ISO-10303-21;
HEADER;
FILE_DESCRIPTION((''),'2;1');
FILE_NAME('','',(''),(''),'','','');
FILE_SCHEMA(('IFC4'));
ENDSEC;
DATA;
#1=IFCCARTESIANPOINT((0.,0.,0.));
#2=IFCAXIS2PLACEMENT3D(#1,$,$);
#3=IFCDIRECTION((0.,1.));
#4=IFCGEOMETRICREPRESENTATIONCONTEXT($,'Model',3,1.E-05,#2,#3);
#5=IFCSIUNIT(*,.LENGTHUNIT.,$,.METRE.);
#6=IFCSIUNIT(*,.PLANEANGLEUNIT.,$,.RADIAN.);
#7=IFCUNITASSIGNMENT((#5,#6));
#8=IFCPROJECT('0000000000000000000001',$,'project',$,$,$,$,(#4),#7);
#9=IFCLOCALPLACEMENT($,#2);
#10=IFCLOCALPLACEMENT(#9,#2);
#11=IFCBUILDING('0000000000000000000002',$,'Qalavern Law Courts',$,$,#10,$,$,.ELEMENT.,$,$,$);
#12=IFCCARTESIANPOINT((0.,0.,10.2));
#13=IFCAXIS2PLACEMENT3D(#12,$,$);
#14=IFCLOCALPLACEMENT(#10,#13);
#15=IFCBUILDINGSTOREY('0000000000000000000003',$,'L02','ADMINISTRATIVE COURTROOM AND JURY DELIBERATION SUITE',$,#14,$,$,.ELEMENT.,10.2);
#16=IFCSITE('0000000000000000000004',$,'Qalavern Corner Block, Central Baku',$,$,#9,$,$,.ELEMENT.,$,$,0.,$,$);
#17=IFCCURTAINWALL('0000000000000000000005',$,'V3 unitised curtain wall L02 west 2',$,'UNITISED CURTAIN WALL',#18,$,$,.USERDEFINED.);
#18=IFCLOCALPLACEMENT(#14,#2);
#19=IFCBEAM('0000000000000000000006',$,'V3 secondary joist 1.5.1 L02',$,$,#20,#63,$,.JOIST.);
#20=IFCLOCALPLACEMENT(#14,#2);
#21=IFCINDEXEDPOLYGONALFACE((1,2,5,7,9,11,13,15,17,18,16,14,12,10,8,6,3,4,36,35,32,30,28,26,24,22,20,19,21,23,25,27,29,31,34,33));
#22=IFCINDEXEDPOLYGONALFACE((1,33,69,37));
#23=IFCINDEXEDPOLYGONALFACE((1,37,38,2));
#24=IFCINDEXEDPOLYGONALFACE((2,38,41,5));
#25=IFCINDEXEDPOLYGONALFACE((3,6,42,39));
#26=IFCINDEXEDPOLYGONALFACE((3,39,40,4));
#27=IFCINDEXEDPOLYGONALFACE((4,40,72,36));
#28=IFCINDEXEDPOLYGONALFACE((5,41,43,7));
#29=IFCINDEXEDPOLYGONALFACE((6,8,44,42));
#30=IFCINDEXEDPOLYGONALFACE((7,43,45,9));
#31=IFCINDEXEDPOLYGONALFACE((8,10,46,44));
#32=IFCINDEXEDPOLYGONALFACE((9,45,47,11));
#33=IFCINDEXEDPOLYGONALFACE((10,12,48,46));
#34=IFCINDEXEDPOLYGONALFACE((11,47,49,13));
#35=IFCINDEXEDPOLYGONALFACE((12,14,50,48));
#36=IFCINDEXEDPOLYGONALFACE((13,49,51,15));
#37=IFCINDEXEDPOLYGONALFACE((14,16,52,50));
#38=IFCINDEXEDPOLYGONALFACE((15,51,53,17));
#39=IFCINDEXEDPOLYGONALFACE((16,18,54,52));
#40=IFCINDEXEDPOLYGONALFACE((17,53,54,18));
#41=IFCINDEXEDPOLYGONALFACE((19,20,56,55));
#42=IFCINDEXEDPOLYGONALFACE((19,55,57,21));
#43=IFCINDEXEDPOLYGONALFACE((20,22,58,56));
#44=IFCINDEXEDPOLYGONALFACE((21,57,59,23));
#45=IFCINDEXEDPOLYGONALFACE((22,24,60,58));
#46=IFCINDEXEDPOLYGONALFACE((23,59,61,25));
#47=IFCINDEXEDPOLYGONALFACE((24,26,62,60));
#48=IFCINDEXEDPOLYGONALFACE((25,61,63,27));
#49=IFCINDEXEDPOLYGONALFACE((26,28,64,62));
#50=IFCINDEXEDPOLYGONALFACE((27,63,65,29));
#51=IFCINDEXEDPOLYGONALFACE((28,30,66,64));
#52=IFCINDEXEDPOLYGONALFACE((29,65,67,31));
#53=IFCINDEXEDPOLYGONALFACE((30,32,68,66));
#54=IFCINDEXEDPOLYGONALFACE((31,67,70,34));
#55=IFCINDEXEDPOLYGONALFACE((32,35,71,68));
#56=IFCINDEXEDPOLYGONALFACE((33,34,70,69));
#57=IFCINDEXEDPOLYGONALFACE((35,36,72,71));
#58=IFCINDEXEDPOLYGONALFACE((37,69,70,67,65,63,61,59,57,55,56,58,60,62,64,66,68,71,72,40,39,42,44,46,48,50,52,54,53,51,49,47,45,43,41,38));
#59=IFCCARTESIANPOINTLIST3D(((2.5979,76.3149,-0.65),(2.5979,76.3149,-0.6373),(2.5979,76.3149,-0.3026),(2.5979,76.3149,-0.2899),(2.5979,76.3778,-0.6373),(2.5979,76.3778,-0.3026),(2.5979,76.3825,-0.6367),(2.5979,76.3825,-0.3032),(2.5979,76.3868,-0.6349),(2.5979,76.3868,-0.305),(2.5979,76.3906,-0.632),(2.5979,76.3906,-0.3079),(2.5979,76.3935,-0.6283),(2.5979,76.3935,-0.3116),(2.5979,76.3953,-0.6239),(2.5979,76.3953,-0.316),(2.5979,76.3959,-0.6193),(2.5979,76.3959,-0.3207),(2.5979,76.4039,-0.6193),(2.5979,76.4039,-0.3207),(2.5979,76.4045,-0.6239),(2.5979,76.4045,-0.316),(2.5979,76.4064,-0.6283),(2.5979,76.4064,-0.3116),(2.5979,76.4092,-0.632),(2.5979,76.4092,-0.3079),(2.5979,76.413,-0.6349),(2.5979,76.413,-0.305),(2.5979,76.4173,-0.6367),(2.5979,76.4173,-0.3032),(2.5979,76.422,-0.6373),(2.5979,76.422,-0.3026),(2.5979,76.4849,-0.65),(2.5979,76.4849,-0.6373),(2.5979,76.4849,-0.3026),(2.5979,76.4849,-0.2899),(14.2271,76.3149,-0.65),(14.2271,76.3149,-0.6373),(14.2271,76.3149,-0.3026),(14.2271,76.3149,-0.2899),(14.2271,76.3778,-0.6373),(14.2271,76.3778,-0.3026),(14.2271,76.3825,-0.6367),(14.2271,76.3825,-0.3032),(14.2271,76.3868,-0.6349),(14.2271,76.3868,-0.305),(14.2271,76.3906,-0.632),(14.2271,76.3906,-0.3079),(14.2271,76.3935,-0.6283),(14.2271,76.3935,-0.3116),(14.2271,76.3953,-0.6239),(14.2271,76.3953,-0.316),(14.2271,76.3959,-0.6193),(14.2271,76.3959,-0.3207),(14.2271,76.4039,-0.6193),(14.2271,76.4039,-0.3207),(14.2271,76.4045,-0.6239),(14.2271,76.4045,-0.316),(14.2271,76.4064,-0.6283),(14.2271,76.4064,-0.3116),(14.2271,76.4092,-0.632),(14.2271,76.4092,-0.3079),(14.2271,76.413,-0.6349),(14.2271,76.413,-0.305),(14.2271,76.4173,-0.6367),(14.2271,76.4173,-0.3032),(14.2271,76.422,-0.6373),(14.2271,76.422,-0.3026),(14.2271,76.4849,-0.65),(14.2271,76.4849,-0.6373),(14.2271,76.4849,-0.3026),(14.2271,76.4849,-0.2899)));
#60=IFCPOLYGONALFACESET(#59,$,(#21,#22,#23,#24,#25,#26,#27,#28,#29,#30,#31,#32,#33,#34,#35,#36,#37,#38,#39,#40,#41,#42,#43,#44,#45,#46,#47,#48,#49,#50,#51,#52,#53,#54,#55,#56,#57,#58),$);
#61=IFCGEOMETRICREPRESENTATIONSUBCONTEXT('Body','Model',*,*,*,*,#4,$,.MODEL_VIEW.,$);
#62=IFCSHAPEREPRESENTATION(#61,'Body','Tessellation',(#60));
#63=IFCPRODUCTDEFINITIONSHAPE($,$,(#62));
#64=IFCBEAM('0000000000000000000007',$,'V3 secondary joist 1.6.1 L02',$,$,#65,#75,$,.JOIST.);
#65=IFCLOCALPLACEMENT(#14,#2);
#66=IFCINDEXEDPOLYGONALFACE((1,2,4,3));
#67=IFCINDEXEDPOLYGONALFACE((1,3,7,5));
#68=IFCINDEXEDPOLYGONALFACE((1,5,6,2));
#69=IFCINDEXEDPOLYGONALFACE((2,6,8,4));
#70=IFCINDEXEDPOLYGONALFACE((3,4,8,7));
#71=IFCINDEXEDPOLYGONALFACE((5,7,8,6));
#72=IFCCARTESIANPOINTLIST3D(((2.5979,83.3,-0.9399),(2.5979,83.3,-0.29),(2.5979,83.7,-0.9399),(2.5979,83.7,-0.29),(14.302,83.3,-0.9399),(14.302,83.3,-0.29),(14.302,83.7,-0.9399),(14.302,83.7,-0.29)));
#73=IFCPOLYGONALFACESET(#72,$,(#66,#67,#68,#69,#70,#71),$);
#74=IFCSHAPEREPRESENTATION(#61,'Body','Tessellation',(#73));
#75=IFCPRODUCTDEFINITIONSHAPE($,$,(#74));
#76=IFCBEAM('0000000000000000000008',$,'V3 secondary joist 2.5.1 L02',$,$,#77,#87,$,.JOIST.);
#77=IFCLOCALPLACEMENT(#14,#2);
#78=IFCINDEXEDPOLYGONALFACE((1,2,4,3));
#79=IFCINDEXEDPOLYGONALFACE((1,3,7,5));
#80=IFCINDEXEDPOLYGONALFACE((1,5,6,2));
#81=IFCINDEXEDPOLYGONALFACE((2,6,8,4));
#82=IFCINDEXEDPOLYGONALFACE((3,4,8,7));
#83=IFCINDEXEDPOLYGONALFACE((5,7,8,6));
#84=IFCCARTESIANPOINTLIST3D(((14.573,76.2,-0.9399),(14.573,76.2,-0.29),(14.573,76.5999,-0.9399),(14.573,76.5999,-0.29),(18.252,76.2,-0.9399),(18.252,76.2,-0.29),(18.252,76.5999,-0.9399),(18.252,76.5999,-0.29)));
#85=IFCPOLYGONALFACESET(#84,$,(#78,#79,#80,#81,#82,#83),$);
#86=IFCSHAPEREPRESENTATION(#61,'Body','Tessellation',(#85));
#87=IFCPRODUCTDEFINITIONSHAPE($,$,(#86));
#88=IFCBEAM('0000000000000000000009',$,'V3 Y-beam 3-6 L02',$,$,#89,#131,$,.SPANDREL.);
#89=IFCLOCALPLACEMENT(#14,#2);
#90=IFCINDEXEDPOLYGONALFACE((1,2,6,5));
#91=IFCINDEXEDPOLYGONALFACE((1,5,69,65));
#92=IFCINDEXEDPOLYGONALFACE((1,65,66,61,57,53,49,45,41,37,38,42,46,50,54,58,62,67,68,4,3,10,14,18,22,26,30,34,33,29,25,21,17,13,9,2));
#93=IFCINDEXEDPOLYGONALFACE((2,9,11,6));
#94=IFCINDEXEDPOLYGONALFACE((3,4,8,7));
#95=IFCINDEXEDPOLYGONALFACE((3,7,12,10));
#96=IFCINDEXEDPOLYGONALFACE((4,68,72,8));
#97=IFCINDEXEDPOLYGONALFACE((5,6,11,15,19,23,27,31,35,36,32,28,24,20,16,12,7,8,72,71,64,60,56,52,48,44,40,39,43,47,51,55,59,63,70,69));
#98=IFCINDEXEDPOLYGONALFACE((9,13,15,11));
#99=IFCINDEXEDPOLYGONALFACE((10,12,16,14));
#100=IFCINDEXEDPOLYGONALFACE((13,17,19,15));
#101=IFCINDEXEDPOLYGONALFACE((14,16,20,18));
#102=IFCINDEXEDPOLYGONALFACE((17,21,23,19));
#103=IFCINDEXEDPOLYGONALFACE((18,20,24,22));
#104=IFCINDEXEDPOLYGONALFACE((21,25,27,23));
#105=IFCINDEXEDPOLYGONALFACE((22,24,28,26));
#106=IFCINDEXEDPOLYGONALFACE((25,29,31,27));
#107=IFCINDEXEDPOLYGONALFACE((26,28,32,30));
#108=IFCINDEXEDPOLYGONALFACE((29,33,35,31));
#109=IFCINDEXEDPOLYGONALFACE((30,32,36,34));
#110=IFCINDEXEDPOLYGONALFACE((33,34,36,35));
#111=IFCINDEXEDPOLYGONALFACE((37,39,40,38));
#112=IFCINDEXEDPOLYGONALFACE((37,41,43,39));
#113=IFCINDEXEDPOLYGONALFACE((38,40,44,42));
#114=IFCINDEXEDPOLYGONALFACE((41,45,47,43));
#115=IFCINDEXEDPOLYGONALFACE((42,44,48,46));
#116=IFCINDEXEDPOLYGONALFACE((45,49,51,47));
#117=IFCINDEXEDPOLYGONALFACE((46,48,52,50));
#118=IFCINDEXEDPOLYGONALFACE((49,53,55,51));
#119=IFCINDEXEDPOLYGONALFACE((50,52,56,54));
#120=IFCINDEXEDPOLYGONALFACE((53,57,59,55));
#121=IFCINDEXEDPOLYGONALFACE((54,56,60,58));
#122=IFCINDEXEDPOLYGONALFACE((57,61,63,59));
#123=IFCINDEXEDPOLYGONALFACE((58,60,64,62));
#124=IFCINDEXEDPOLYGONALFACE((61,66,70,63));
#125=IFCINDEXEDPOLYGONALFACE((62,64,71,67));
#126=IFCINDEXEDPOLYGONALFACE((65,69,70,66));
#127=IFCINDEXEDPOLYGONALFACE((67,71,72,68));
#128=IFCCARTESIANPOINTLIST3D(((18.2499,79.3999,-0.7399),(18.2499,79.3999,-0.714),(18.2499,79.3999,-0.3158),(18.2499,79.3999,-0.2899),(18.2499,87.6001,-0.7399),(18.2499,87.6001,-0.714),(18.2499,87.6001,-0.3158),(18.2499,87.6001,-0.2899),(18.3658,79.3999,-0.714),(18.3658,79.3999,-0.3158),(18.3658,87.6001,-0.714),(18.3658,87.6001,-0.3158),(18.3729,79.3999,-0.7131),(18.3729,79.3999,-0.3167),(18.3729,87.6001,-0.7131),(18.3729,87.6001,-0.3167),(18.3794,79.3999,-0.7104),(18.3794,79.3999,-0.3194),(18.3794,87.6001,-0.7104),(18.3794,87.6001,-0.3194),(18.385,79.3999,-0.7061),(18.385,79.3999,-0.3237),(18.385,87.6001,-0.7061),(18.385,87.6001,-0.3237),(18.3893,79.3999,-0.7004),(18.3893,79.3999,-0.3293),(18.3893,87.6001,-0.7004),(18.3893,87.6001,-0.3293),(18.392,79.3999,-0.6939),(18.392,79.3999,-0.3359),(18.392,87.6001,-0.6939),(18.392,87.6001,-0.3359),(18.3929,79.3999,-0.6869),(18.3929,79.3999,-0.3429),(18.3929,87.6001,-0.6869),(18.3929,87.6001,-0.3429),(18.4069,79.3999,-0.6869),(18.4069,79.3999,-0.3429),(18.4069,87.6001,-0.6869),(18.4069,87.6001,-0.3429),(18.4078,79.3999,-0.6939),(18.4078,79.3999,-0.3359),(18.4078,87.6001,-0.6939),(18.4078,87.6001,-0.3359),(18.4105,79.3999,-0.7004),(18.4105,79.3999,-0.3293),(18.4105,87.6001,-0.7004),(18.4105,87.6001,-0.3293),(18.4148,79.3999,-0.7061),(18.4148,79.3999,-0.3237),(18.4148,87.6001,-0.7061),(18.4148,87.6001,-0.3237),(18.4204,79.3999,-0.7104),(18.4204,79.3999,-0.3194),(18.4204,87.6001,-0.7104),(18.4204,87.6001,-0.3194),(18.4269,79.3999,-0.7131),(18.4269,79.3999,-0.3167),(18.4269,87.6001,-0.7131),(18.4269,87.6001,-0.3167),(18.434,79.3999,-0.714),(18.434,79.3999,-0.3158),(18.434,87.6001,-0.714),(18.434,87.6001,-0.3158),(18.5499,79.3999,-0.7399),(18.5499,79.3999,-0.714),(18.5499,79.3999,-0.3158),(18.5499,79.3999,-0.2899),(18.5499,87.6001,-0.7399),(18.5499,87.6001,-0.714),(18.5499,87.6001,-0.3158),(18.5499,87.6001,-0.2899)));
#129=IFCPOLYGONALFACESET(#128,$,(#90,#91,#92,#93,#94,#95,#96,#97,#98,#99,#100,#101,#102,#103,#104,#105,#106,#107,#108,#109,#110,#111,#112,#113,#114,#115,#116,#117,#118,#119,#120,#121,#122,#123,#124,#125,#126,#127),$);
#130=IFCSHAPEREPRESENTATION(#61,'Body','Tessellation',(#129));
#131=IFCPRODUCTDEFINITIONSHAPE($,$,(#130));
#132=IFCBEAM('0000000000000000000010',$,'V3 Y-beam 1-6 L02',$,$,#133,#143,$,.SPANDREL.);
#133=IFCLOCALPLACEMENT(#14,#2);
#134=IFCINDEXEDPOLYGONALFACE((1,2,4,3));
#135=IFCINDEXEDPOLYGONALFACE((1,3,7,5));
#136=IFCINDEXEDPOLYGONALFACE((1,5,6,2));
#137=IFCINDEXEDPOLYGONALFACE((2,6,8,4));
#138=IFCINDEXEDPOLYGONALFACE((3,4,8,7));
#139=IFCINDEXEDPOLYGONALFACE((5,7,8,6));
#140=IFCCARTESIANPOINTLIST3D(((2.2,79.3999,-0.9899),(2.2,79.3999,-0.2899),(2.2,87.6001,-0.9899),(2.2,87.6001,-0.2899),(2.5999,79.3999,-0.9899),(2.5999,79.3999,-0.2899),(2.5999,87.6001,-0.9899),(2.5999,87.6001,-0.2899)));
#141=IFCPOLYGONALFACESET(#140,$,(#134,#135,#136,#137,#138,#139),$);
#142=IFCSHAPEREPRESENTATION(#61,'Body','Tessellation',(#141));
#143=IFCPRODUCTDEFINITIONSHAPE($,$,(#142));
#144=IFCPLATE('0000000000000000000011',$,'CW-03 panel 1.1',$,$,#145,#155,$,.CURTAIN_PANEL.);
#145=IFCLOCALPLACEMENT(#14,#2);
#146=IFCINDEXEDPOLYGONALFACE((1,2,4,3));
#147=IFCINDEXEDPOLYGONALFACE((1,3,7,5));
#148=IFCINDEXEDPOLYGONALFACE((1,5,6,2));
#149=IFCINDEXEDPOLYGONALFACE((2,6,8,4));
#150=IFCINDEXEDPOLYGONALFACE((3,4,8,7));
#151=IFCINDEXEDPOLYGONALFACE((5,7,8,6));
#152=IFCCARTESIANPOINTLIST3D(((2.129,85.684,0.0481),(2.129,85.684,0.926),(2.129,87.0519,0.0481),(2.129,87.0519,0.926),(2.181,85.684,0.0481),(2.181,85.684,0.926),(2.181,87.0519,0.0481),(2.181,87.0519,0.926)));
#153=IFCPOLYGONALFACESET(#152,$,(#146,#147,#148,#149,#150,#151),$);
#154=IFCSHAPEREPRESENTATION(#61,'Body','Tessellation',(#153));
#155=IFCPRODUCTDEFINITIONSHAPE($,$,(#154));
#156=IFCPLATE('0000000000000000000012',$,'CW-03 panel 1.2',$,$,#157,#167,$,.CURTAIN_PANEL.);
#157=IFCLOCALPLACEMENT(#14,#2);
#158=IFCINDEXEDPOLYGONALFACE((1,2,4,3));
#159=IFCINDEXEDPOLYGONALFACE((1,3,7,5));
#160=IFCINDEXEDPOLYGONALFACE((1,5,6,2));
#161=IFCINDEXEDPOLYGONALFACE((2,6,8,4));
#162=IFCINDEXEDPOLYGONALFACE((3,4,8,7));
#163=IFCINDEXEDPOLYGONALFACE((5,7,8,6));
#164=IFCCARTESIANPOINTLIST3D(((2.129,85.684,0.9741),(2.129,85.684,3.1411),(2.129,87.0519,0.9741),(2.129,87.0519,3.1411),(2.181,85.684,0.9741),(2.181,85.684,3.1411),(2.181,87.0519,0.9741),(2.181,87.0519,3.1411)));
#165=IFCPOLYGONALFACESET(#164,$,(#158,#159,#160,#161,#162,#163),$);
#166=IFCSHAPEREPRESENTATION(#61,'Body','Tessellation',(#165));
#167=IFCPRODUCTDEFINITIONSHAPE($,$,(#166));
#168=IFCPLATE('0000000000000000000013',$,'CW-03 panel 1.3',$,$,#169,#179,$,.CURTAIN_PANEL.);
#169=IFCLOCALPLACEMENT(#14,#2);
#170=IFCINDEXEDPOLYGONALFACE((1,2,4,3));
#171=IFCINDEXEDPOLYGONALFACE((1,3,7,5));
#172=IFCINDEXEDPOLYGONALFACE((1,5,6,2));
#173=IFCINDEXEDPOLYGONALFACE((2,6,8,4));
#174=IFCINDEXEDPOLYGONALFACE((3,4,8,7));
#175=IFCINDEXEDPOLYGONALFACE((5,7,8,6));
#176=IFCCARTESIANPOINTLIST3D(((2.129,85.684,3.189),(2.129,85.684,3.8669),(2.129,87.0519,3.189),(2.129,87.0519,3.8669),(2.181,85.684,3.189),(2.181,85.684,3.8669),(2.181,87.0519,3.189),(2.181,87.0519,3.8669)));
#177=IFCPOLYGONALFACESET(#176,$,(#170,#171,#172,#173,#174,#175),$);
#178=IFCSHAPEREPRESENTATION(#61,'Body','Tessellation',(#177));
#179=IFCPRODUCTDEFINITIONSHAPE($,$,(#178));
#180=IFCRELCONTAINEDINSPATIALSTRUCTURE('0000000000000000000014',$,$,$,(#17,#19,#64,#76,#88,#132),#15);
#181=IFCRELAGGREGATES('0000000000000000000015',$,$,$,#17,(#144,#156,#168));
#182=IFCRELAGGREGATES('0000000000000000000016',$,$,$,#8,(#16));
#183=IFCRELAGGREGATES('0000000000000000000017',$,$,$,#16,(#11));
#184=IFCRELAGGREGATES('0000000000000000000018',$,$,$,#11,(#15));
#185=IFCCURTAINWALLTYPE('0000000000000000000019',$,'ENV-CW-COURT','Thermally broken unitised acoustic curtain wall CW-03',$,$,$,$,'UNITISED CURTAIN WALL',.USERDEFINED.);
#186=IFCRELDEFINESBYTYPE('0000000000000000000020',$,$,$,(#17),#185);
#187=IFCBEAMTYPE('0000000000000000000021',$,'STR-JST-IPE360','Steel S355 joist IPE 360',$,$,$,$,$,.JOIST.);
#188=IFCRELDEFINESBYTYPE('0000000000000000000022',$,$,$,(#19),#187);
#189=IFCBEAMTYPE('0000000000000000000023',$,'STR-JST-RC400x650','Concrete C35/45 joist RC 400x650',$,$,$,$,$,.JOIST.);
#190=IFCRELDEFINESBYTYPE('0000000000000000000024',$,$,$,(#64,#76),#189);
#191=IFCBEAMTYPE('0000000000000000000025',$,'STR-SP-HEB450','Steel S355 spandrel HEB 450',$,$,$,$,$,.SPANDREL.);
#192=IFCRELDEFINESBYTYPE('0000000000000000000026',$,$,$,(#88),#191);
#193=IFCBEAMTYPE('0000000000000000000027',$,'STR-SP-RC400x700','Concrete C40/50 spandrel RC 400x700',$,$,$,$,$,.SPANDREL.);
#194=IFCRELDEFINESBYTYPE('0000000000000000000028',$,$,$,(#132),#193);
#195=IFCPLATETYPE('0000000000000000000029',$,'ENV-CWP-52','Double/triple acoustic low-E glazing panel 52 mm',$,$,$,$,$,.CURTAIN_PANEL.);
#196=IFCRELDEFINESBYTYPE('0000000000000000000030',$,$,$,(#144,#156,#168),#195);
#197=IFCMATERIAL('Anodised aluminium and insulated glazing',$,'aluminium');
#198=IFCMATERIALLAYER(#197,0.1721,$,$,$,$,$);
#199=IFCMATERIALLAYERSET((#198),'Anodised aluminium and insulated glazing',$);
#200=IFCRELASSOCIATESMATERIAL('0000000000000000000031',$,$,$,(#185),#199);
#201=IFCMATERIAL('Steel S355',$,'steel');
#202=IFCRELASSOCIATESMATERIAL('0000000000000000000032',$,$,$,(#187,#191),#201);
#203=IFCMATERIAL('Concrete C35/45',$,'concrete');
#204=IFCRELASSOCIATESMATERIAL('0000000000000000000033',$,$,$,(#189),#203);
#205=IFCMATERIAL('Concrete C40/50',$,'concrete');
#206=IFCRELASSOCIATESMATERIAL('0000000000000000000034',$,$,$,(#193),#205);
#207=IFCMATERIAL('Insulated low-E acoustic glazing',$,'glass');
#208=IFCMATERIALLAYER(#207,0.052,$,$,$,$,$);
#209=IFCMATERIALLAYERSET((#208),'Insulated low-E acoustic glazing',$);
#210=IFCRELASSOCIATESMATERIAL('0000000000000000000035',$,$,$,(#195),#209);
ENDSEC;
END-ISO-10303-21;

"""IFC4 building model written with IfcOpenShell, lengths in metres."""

from ifc_helpers import new_model, si_unit, direction, frame, origin, origin_2d, place, context, subcontext, project, spatial, rectangle, i_section, extrude, material, layer, layer_set, material_profile, profile_set, type_object, element, aggregate, save


model = new_model("IFC4")

# Units and contexts
model_context = context("Model", 3, precision=1e-05, world=origin(), true_north=direction((0.0, 1.0)))
body_context = subcontext(model_context, "Body", "Model", "MODEL_VIEW")
ifc_project = project(units=[si_unit("LENGTHUNIT", "METRE"), si_unit("PLANEANGLEUNIT", "RADIAN")], contexts=[model_context])

# Site, building, storey
site_placement = place(None, origin())
site = spatial("IfcSite", under=ifc_project, at=site_placement, Name="Qalavern Corner Block, Central Baku", CompositionType="ELEMENT", RefElevation=0.0)
building_placement = place(site_placement, origin())
building = spatial("IfcBuilding", under=site, at=building_placement, Name="Qalavern Law Courts", CompositionType="ELEMENT")
storey_placement = place(building_placement, frame((0.0, 0.0, 10.2)))
storey = spatial("IfcBuildingStorey", under=building, at=storey_placement, Name="L02", Description="ADMINISTRATIVE COURTROOM AND JURY DELIBERATION SUITE", CompositionType="ELEMENT", Elevation=10.2)

# Curtain wall
ifc_material_1 = material(Name="Anodised aluminium and insulated glazing", Category="aluminium")
ifc_layer_1 = layer(ifc_material_1, 0.1721)
ifc_layer_set_1 = layer_set([ifc_layer_1], Name="Anodised aluminium and insulated glazing")
curtain_wall_type = type_object("IfcCurtainWallType", Name="ENV-CW-COURT", Description="Thermally broken unitised acoustic curtain wall CW-03", ElementType="UNITISED CURTAIN WALL", PredefinedType="USERDEFINED", material=ifc_layer_set_1)
curtain_wall_placement = place(storey_placement, origin())
curtain_wall = element("IfcCurtainWall", 1, at=curtain_wall_placement, inside=storey, type_object=curtain_wall_type, Name="V3 unitised curtain wall L02 west 2", ObjectType="UNITISED CURTAIN WALL", PredefinedType="USERDEFINED")

# Beams
ifc_material_2 = material(Name="Steel S355", Category="steel")
ifc_material_profile_1 = material_profile(ifc_material_2, i_section(OverallWidth=0.1699, OverallDepth=0.3601, WebThickness=0.0081, FlangeThickness=0.0127, FilletRadius=0.0181, at=origin_2d()), Name="IPE 360")
ifc_profile_set_1 = profile_set([ifc_material_profile_1], Name="Steel S355")
beam_type_1 = type_object("IfcBeamType", Name="STR-JST-IPE360", Description="Steel S355 joist IPE 360", PredefinedType="JOIST", material=ifc_profile_set_1)
beam_1_placement = place(storey_placement, frame((2.5979, 76.3999, -0.47), z_axis=(1.0, 0.0, 0.0), x_axis=(0.0, 1.0, 0.0)))
element("IfcBeam", 2, at=beam_1_placement, inside=storey, type_object=beam_type_1, Name="V3 secondary joist 1.5.1 L02", PredefinedType="JOIST", context=body_context, shape_type="SweptSolid", body=[
    extrude(i_section(OverallWidth=0.1699, OverallDepth=0.3601, WebThickness=0.0081, FlangeThickness=0.0127, FilletRadius=0.0181, at=origin_2d()), origin(), (0.0, 0.0, 1.0), 11.6292),
])
ifc_material_3 = material(Name="Concrete C35/45", Category="concrete")
ifc_material_profile_2 = material_profile(ifc_material_3, rectangle(XDim=0.3999, YDim=0.6499, at=origin_2d()), Name="RC 400x650")
ifc_profile_set_2 = profile_set([ifc_material_profile_2], Name="Concrete C35/45")
beam_type_2 = type_object("IfcBeamType", Name="STR-JST-RC400x650", Description="Concrete C35/45 joist RC 400x650", PredefinedType="JOIST", material=ifc_profile_set_2)
beam_2_placement = place(storey_placement, frame((2.5979, 83.5, -0.615), z_axis=(1.0, 0.0, 0.0), x_axis=(0.0, 1.0, 0.0)))
element("IfcBeam", 3, at=beam_2_placement, inside=storey, type_object=beam_type_2, Name="V3 secondary joist 1.6.1 L02", PredefinedType="JOIST", context=body_context, shape_type="SweptSolid", body=[
    extrude(rectangle(XDim=0.3999, YDim=0.6499, at=origin_2d()), origin(), (0.0, 0.0, 1.0), 11.7041),
])
beam_3_placement = place(storey_placement, frame((14.573, 76.3999, -0.615), z_axis=(1.0, 0.0, 0.0), x_axis=(0.0, 1.0, 0.0)))
element("IfcBeam", 4, at=beam_3_placement, inside=storey, type_object=beam_type_2, Name="V3 secondary joist 2.5.1 L02", PredefinedType="JOIST", context=body_context, shape_type="SweptSolid", body=[
    extrude(rectangle(XDim=0.3999, YDim=0.6499, at=origin_2d()), origin(), (0.0, 0.0, 1.0), 3.679),
])
ifc_material_profile_3 = material_profile(ifc_material_2, i_section(OverallWidth=0.3, OverallDepth=0.45, WebThickness=0.0139, FlangeThickness=0.0259, FilletRadius=0.0271, at=origin_2d()), Name="HEB 450")
ifc_profile_set_3 = profile_set([ifc_material_profile_3], Name="Steel S355")
beam_type_3 = type_object("IfcBeamType", Name="STR-SP-HEB450", Description="Steel S355 spandrel HEB 450", PredefinedType="SPANDREL", material=ifc_profile_set_3)
beam_4_placement = place(storey_placement, frame((18.3999, 79.3999, -0.5149), z_axis=(0.0, 1.0, 0.0), x_axis=(-1.0, 0.0, 0.0)))
element("IfcBeam", 5, at=beam_4_placement, inside=storey, type_object=beam_type_3, Name="V3 Y-beam 3-6 L02", PredefinedType="SPANDREL", context=body_context, shape_type="SweptSolid", body=[
    extrude(i_section(OverallWidth=0.3, OverallDepth=0.45, WebThickness=0.0139, FlangeThickness=0.0259, FilletRadius=0.0271, at=origin_2d()), origin(), (0.0, 0.0, 1.0), 8.2002),
])
ifc_material_4 = material(Name="Concrete C40/50", Category="concrete")
ifc_material_profile_4 = material_profile(ifc_material_4, rectangle(XDim=0.3999, YDim=0.7, at=origin_2d()), Name="RC 400x700")
ifc_profile_set_4 = profile_set([ifc_material_profile_4], Name="Concrete C40/50")
beam_type_4 = type_object("IfcBeamType", Name="STR-SP-RC400x700", Description="Concrete C40/50 spandrel RC 400x700", PredefinedType="SPANDREL", material=ifc_profile_set_4)
beam_5_placement = place(storey_placement, frame((2.3999, 79.3999, -0.6399), z_axis=(0.0, 1.0, 0.0), x_axis=(-1.0, 0.0, 0.0)))
element("IfcBeam", 6, at=beam_5_placement, inside=storey, type_object=beam_type_4, Name="V3 Y-beam 1-6 L02", PredefinedType="SPANDREL", context=body_context, shape_type="SweptSolid", body=[
    extrude(rectangle(XDim=0.3999, YDim=0.7, at=origin_2d()), origin(), (0.0, 0.0, 1.0), 8.2002),
])

# Plates
ifc_material_5 = material(Name="Insulated low-E acoustic glazing", Category="glass")
ifc_layer_2 = layer(ifc_material_5, 0.052)
ifc_layer_set_2 = layer_set([ifc_layer_2], Name="Insulated low-E acoustic glazing")
plate_type = type_object("IfcPlateType", Name="ENV-CWP-52", Description="Double/triple acoustic low-E glazing panel 52 mm", PredefinedType="CURTAIN_PANEL", material=ifc_layer_set_2)
plate_1_placement = place(storey_placement, frame((2.155, 86.3679, 0.0481), z_axis=(0.0, 0.0, 1.0), x_axis=(0.0, -1.0, 0.0)))
plate_1 = element("IfcPlate", 7, at=plate_1_placement, type_object=plate_type, Name="CW-03 panel 1.1", PredefinedType="CURTAIN_PANEL", context=body_context, shape_type="SweptSolid", body=[
    extrude(rectangle(XDim=1.3679, YDim=0.052, at=origin_2d()), origin(), (0.0, 0.0, 1.0), 0.8779),
])
plate_2_placement = place(storey_placement, frame((2.155, 86.3679, 0.9741), z_axis=(0.0, 0.0, 1.0), x_axis=(0.0, -1.0, 0.0)))
plate_2 = element("IfcPlate", 8, at=plate_2_placement, type_object=plate_type, Name="CW-03 panel 1.2", PredefinedType="CURTAIN_PANEL", context=body_context, shape_type="SweptSolid", body=[
    extrude(rectangle(XDim=1.3679, YDim=0.052, at=origin_2d()), origin(), (0.0, 0.0, 1.0), 2.167),
])
plate_3_placement = place(storey_placement, frame((2.155, 86.3679, 3.189), z_axis=(0.0, 0.0, 1.0), x_axis=(0.0, -1.0, 0.0)))
plate_3 = element("IfcPlate", 9, at=plate_3_placement, type_object=plate_type, Name="CW-03 panel 1.3", PredefinedType="CURTAIN_PANEL", context=body_context, shape_type="SweptSolid", body=[
    extrude(rectangle(XDim=1.3679, YDim=0.052, at=origin_2d()), origin(), (0.0, 0.0, 1.0), 0.678),
])
aggregate(curtain_wall, [plate_1, plate_2, plate_3])

save(model, "model.ifc")
